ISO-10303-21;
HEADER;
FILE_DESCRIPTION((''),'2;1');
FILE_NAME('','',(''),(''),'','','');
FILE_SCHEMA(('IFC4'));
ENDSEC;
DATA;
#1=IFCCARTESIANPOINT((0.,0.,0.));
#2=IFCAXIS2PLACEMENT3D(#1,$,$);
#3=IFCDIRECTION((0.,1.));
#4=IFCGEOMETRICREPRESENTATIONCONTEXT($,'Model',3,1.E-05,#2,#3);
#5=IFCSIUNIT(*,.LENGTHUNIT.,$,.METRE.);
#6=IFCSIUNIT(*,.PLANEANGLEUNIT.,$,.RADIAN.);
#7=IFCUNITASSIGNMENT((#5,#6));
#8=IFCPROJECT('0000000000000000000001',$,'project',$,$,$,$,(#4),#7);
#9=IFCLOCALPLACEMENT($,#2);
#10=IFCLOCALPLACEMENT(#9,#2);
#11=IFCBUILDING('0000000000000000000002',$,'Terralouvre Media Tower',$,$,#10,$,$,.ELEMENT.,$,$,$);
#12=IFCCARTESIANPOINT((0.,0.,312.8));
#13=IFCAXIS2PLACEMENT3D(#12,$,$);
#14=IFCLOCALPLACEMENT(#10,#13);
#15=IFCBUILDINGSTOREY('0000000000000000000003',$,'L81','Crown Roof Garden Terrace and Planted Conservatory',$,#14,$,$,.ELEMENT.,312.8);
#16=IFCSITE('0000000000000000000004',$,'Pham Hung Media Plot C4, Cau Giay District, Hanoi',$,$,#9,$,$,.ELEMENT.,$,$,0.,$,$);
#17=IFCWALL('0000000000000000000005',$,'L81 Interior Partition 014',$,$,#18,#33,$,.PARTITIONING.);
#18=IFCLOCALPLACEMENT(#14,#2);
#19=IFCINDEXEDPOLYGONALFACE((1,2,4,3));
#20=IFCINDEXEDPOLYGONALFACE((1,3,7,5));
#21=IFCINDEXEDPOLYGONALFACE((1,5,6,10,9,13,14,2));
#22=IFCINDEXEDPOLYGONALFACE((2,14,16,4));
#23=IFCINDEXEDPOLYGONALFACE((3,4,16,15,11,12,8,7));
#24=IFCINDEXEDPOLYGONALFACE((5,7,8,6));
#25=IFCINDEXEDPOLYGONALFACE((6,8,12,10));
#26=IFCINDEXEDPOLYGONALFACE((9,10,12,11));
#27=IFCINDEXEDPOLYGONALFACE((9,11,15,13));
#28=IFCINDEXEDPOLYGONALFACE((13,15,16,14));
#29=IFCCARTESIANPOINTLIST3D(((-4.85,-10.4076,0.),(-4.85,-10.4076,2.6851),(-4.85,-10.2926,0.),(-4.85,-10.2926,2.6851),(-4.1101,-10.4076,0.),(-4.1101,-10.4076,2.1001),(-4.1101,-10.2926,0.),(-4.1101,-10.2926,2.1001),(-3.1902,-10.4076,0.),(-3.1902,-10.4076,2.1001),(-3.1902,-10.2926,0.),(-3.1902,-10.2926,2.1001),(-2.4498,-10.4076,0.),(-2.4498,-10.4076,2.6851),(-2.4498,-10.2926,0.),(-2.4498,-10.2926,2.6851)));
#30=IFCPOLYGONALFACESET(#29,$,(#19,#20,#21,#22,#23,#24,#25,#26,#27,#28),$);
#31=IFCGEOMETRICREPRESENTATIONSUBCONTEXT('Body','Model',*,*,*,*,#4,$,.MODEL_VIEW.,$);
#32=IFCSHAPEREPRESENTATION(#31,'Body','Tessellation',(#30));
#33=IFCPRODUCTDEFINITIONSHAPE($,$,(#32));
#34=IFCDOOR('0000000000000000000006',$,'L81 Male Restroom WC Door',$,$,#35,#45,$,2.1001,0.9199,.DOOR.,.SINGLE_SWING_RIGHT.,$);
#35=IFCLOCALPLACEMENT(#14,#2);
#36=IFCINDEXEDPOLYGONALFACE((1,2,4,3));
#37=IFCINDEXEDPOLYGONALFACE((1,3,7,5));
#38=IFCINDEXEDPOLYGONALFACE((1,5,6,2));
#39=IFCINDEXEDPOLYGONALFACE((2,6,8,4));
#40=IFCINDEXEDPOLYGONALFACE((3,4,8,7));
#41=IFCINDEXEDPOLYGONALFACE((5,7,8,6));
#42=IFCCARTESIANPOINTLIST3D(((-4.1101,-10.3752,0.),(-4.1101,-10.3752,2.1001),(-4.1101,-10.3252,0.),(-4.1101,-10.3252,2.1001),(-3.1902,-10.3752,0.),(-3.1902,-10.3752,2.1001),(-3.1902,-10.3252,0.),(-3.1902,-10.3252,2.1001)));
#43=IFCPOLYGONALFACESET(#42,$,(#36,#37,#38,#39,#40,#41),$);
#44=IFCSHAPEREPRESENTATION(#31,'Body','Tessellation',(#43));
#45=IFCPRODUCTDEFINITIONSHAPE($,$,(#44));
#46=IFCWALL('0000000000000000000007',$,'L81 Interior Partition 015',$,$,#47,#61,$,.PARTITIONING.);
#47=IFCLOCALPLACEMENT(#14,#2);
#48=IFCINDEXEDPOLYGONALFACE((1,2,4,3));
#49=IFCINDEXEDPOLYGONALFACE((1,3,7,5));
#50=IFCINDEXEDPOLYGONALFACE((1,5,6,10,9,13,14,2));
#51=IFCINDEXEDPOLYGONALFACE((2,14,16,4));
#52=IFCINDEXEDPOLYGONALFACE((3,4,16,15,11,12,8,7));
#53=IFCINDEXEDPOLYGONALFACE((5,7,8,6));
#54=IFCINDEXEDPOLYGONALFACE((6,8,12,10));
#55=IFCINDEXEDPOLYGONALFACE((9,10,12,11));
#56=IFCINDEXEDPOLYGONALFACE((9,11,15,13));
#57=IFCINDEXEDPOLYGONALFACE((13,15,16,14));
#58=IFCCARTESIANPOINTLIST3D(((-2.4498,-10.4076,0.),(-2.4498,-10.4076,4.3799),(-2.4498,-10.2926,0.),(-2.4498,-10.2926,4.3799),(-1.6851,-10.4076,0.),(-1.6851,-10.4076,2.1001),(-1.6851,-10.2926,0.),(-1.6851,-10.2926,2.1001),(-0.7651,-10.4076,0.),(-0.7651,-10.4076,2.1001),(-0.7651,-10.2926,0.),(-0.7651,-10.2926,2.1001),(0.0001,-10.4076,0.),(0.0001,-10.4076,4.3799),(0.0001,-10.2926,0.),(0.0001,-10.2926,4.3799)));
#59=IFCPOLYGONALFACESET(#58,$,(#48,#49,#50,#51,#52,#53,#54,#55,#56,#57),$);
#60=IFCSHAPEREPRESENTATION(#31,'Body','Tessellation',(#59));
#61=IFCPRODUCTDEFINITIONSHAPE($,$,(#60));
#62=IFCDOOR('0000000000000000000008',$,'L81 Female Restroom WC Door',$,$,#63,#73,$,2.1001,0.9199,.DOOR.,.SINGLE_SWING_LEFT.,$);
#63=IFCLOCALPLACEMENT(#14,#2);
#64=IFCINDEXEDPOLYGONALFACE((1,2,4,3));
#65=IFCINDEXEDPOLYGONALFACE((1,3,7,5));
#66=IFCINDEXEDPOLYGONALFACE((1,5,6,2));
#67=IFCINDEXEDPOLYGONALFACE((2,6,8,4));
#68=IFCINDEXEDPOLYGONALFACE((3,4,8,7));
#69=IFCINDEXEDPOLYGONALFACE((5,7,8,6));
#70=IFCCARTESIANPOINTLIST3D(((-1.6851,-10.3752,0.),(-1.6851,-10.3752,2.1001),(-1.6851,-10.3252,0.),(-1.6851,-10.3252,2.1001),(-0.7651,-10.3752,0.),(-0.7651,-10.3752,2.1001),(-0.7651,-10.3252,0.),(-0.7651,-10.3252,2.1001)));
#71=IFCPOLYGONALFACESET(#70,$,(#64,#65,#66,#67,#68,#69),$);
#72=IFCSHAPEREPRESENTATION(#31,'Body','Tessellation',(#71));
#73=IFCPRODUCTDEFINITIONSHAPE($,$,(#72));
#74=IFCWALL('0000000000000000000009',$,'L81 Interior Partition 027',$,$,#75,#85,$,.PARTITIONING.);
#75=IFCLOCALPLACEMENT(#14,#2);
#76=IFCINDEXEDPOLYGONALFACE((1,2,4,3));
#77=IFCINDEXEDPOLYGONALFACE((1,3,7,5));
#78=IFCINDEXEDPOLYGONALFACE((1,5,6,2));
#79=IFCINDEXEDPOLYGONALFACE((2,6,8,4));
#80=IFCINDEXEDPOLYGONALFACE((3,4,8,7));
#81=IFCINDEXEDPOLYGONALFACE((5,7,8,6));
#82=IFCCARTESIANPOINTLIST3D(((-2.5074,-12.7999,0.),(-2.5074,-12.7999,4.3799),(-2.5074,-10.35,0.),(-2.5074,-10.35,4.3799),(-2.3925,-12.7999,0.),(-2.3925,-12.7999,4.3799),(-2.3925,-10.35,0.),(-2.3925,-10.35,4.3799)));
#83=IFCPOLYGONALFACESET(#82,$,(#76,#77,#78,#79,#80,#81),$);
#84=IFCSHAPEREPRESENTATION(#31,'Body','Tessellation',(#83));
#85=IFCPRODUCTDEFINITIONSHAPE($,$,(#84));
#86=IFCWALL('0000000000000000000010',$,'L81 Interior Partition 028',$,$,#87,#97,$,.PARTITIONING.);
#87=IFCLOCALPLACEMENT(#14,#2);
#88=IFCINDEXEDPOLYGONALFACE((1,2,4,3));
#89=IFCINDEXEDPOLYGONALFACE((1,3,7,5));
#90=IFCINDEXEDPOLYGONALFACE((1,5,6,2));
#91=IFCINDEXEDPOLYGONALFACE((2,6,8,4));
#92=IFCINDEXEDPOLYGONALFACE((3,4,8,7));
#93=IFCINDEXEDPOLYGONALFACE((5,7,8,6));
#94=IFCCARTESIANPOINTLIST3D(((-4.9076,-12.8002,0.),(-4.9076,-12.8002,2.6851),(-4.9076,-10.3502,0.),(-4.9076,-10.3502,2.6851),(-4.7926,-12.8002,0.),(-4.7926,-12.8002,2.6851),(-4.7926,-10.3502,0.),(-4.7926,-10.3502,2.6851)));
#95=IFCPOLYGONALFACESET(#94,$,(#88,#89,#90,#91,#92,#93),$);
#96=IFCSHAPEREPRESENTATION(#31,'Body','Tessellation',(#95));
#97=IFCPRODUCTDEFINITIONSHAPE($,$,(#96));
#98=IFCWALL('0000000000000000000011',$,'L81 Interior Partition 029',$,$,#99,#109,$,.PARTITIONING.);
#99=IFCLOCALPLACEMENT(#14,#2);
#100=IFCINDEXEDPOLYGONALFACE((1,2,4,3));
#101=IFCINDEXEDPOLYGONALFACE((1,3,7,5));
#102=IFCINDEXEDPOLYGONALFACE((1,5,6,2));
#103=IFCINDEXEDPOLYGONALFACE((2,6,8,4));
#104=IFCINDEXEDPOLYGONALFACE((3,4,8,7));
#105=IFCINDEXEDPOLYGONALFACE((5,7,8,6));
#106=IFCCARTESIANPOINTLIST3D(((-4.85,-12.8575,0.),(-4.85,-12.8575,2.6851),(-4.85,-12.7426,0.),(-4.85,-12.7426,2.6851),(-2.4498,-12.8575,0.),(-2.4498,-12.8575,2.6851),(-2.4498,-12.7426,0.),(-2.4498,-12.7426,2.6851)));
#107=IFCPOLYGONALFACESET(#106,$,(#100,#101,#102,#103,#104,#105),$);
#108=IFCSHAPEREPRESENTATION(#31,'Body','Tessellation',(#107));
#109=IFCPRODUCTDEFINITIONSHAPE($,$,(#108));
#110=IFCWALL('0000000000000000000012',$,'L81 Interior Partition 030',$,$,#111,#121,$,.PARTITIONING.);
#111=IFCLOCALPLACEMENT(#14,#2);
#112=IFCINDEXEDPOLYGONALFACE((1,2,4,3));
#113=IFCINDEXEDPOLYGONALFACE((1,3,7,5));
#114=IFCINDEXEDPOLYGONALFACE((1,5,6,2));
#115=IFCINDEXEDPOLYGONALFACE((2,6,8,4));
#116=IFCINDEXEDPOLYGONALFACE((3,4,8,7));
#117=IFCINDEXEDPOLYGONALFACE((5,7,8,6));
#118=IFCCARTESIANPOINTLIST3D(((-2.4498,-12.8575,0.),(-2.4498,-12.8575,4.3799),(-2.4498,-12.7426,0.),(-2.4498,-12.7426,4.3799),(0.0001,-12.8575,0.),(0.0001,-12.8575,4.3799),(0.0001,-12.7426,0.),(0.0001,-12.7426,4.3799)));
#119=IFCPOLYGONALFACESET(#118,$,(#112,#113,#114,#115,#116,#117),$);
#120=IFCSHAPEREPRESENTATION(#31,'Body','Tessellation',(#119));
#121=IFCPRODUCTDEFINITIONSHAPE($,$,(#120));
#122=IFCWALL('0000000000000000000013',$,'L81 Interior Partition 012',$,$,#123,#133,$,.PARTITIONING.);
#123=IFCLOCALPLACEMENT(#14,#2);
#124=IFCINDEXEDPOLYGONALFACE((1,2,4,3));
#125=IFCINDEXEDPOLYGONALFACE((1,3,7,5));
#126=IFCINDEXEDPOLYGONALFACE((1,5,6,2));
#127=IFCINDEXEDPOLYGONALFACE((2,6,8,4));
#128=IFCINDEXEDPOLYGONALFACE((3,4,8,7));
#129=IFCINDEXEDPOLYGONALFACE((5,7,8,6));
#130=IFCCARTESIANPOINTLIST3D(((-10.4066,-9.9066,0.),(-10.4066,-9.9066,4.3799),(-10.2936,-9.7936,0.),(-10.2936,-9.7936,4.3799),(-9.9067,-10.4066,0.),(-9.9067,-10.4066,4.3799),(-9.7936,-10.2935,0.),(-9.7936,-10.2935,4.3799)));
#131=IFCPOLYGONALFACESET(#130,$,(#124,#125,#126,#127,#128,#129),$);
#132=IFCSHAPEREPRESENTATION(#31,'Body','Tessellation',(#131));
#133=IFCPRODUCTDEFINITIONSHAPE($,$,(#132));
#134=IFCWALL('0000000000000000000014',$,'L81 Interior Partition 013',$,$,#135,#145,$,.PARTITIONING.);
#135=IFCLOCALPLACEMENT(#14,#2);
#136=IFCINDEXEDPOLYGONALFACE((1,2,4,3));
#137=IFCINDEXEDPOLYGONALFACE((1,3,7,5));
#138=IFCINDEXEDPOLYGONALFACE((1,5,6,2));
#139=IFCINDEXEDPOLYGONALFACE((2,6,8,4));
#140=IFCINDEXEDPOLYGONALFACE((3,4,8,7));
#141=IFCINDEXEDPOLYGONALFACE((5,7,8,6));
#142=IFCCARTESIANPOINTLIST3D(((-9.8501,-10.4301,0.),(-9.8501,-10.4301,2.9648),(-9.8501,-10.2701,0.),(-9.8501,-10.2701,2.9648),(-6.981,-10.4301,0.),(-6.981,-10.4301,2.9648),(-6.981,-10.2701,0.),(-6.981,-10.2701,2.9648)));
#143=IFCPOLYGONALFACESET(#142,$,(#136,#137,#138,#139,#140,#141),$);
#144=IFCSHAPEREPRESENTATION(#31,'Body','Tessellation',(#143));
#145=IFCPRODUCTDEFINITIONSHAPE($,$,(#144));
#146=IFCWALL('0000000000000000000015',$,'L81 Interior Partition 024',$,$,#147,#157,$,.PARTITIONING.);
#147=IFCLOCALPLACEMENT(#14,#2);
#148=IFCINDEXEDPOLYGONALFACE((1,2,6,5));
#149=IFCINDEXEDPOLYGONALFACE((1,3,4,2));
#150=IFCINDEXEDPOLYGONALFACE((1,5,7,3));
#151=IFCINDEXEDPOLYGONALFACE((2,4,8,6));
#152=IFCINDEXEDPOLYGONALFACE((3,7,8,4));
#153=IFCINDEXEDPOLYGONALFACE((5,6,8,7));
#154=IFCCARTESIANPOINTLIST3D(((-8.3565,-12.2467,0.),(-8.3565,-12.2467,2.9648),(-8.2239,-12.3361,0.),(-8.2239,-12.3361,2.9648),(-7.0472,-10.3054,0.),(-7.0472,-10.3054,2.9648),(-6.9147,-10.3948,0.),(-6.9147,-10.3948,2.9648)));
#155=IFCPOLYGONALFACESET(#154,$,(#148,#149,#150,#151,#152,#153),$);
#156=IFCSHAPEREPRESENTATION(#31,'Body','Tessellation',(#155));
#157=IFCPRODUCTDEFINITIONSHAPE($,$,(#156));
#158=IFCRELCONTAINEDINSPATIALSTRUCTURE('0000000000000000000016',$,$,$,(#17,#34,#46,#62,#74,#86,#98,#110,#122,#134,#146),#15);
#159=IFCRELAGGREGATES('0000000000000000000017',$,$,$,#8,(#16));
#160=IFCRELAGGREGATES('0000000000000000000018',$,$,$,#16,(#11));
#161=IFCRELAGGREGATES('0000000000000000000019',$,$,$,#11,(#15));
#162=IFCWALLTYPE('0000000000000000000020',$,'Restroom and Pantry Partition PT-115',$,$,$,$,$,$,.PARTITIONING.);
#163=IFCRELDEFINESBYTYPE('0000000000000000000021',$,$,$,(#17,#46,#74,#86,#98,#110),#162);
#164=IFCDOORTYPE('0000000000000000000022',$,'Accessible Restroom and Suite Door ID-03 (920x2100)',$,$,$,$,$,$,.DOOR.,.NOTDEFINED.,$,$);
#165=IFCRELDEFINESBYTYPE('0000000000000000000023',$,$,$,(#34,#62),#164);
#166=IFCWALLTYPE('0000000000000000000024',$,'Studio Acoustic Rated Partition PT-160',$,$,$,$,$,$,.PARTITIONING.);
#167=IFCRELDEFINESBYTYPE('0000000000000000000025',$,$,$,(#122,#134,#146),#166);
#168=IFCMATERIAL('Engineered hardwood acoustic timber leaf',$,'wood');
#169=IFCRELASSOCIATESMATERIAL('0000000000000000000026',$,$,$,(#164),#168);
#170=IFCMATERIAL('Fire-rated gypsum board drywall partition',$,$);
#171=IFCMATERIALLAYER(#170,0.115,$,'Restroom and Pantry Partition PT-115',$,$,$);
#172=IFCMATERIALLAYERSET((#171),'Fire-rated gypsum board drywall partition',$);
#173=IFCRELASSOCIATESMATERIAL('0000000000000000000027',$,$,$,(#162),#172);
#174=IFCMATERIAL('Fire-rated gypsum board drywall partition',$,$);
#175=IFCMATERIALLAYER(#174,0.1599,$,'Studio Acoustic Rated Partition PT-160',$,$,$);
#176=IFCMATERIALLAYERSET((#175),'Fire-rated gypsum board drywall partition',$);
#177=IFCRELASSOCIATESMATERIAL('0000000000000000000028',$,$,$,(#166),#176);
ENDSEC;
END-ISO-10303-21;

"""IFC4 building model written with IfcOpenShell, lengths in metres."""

from ifc_helpers import new_model, si_unit, direction, frame, frame_2d, origin, place, context, subcontext, project, spatial, rectangle, extrude, material, layer, layer_set, type_object, element, fill, save


model = new_model("IFC4")

# Units and contexts
model_context = context("Model", 3, precision=1e-05, world=origin(), true_north=direction((0.0, 1.0)))
body_context = subcontext(model_context, "Body", "Model", "MODEL_VIEW")
ifc_project = project(units=[si_unit("LENGTHUNIT", "METRE"), si_unit("PLANEANGLEUNIT", "RADIAN")], contexts=[model_context])

# Site, building, storey
site_placement = place(None, origin())
site = spatial("IfcSite", under=ifc_project, at=site_placement, Name="Pham Hung Media Plot C4, Cau Giay District, Hanoi", CompositionType="ELEMENT", RefElevation=0.0)
building_placement = place(site_placement, origin())
building = spatial("IfcBuilding", under=site, at=building_placement, Name="Terralouvre Media Tower", CompositionType="ELEMENT")
storey_placement = place(building_placement, frame((0.0, 0.0, 312.8)))
storey = spatial("IfcBuildingStorey", under=building, at=storey_placement, Name="L81", Description="Crown Roof Garden Terrace and Planted Conservatory", CompositionType="ELEMENT", Elevation=312.8)

# Walls, openings, doors
ifc_material_1 = material(Name="Engineered hardwood acoustic timber leaf", Category="wood")
door_type_1 = type_object("IfcDoorType", Name="Accessible Restroom and Suite Door ID-03 (920x2100)", OperationType="NOTDEFINED", PredefinedType="DOOR", material=ifc_material_1)
ifc_material_2 = material(Name="Fire-rated gypsum board drywall partition")
ifc_layer_1 = layer(ifc_material_2, 0.115, Name="Restroom and Pantry Partition PT-115")
ifc_layer_set_1 = layer_set([ifc_layer_1], Name="Fire-rated gypsum board drywall partition")
wall_type_1 = type_object("IfcWallType", Name="Restroom and Pantry Partition PT-115", PredefinedType="PARTITIONING", material=ifc_layer_set_1)
wall_1_placement = place(storey_placement, frame((-4.8501, -10.3501, 0.0), z_axis=(0.0, 0.0, 1.0), x_axis=(1.0, 0.0, 0.0)))
wall_1 = element("IfcWall", 1, at=wall_1_placement, inside=storey, type_object=wall_type_1, Name="L81 Interior Partition 014", PredefinedType="PARTITIONING", context=body_context, shape_type="SweptSolid", body=[
    extrude(rectangle(XDim=2.4001, YDim=0.115, at=frame_2d((1.2002, 0.0))), origin(), (0.0, 0.0, 1.0), 2.6851),
])
opening_1_placement = place(wall_1_placement, frame((0.74, 0.0, 0.0)))
opening_1 = element("IfcOpeningElement", 2, at=opening_1_placement, cuts=wall_1, PredefinedType="OPENING", context=body_context, shape_type="SweptSolid", body=[
    extrude(rectangle(XDim=0.9199, YDim=2.1001, at=frame_2d((0.46, 1.05))), frame((0.0, 0.0674, 0.0), z_axis=(0.0, -1.0, 0.0), x_axis=(1.0, 0.0, 0.0)), (0.0, 0.0, 1.0), 0.135),
])
door_1_placement = place(opening_1_placement, origin())
door_1 = element("IfcDoor", 3, at=door_1_placement, inside=storey, type_object=door_type_1, Name="L81 Male Restroom WC Door", OperationType="SINGLE_SWING_RIGHT", OverallHeight=2.1001, OverallWidth=0.9199, PredefinedType="DOOR", context=body_context, shape_type="SweptSolid", body=[
    extrude(rectangle(XDim=0.9199, YDim=2.1001, at=frame_2d((0.46, 1.05))), frame((0.0, 0.0249, 0.0), z_axis=(0.0, -1.0, 0.0), x_axis=(1.0, 0.0, 0.0)), (0.0, 0.0, 1.0), 0.05),
])
fill(opening_1, door_1)
wall_2_placement = place(storey_placement, frame((-2.45, -10.3501, 0.0), z_axis=(0.0, 0.0, 1.0), x_axis=(1.0, 0.0, 0.0)))
wall_2 = element("IfcWall", 4, at=wall_2_placement, inside=storey, type_object=wall_type_1, Name="L81 Interior Partition 015", PredefinedType="PARTITIONING", context=body_context, shape_type="SweptSolid", body=[
    extrude(rectangle(XDim=2.45, YDim=0.115, at=frame_2d((1.2251, 0.0))), origin(), (0.0, 0.0, 1.0), 4.3799),
])
opening_2_placement = place(wall_2_placement, frame((0.7649, 0.0, 0.0)))
opening_2 = element("IfcOpeningElement", 5, at=opening_2_placement, cuts=wall_2, PredefinedType="OPENING", context=body_context, shape_type="SweptSolid", body=[
    extrude(rectangle(XDim=0.9199, YDim=2.1001, at=frame_2d((0.46, 1.05))), frame((0.0, 0.0674, 0.0), z_axis=(0.0, -1.0, 0.0), x_axis=(1.0, 0.0, 0.0)), (0.0, 0.0, 1.0), 0.135),
])
door_2_placement = place(opening_2_placement, origin())
door_2 = element("IfcDoor", 6, at=door_2_placement, inside=storey, type_object=door_type_1, Name="L81 Female Restroom WC Door", OperationType="SINGLE_SWING_LEFT", OverallHeight=2.1001, OverallWidth=0.9199, PredefinedType="DOOR", context=body_context, shape_type="SweptSolid", body=[
    extrude(rectangle(XDim=0.9199, YDim=2.1001, at=frame_2d((0.46, 1.05))), frame((0.0, 0.0249, 0.0), z_axis=(0.0, -1.0, 0.0), x_axis=(1.0, 0.0, 0.0)), (0.0, 0.0, 1.0), 0.05),
])
fill(opening_2, door_2)

# Walls
wall_3_placement = place(storey_placement, frame((-2.45, -12.8, 0.0), z_axis=(0.0, 0.0, 1.0), x_axis=(0.0, 1.0, 0.0)))
element("IfcWall", 7, at=wall_3_placement, inside=storey, type_object=wall_type_1, Name="L81 Interior Partition 027", PredefinedType="PARTITIONING", context=body_context, shape_type="SweptSolid", body=[
    extrude(rectangle(XDim=2.45, YDim=0.115, at=frame_2d((1.2251, 0.0))), origin(), (0.0, 0.0, 1.0), 4.3799),
])
wall_4_placement = place(storey_placement, frame((-4.8501, -10.3501, 0.0), z_axis=(0.0, 0.0, 1.0), x_axis=(0.0, -1.0, 0.0)))
element("IfcWall", 8, at=wall_4_placement, inside=storey, type_object=wall_type_1, Name="L81 Interior Partition 028", PredefinedType="PARTITIONING", context=body_context, shape_type="SweptSolid", body=[
    extrude(rectangle(XDim=2.45, YDim=0.115, at=frame_2d((1.2251, 0.0))), origin(), (0.0, 0.0, 1.0), 2.6851),
])
wall_5_placement = place(storey_placement, frame((-4.8501, -12.8, 0.0), z_axis=(0.0, 0.0, 1.0), x_axis=(1.0, 0.0, 0.0)))
element("IfcWall", 9, at=wall_5_placement, inside=storey, type_object=wall_type_1, Name="L81 Interior Partition 029", PredefinedType="PARTITIONING", context=body_context, shape_type="SweptSolid", body=[
    extrude(rectangle(XDim=2.4001, YDim=0.115, at=frame_2d((1.2002, 0.0))), origin(), (0.0, 0.0, 1.0), 2.6851),
])
wall_6_placement = place(storey_placement, frame((-2.45, -12.8, 0.0), z_axis=(0.0, 0.0, 1.0), x_axis=(1.0, 0.0, 0.0)))
element("IfcWall", 10, at=wall_6_placement, inside=storey, type_object=wall_type_1, Name="L81 Interior Partition 030", PredefinedType="PARTITIONING", context=body_context, shape_type="SweptSolid", body=[
    extrude(rectangle(XDim=2.45, YDim=0.115, at=frame_2d((1.2251, 0.0))), origin(), (0.0, 0.0, 1.0), 4.3799),
])
ifc_material_3 = material(Name="Fire-rated gypsum board drywall partition")
ifc_layer_2 = layer(ifc_material_3, 0.1599, Name="Studio Acoustic Rated Partition PT-160")
ifc_layer_set_2 = layer_set([ifc_layer_2], Name="Fire-rated gypsum board drywall partition")
wall_type_2 = type_object("IfcWallType", Name="Studio Acoustic Rated Partition PT-160", PredefinedType="PARTITIONING", material=ifc_layer_set_2)
wall_7_placement = place(storey_placement, frame((-10.3501, -9.8501, 0.0), z_axis=(0.0, 0.0, 1.0), x_axis=(0.707107, -0.707107, 0.0)))
element("IfcWall", 11, at=wall_7_placement, inside=storey, type_object=wall_type_2, Name="L81 Interior Partition 012", PredefinedType="PARTITIONING", context=body_context, shape_type="SweptSolid", body=[
    extrude(rectangle(XDim=0.707, YDim=0.1599, at=frame_2d((0.3535, 0.0))), origin(), (0.0, 0.0, 1.0), 4.3799),
])
wall_8_placement = place(storey_placement, frame((-9.8501, -10.3501, 0.0), z_axis=(0.0, 0.0, 1.0), x_axis=(1.0, 0.0, 0.0)))
element("IfcWall", 12, at=wall_8_placement, inside=storey, type_object=wall_type_2, Name="L81 Interior Partition 013", PredefinedType="PARTITIONING", context=body_context, shape_type="SweptSolid", body=[
    extrude(rectangle(XDim=2.8691, YDim=0.1599, at=frame_2d((1.4346, 0.0))), origin(), (0.0, 0.0, 1.0), 2.9648),
])
wall_9_placement = place(storey_placement, frame((-8.2903, -12.2915, 0.0), z_axis=(0.0, 0.0, 1.0), x_axis=(0.559143, 0.829071, 0.0)))
element("IfcWall", 13, at=wall_9_placement, inside=storey, type_object=wall_type_2, Name="L81 Interior Partition 024", PredefinedType="PARTITIONING", context=body_context, shape_type="SweptSolid", body=[
    extrude(rectangle(XDim=2.3416, YDim=0.1599, at=frame_2d((1.1709, 0.0))), origin(), (0.0, 0.0, 1.0), 2.9648),
])

save(model, "model.ifc")
